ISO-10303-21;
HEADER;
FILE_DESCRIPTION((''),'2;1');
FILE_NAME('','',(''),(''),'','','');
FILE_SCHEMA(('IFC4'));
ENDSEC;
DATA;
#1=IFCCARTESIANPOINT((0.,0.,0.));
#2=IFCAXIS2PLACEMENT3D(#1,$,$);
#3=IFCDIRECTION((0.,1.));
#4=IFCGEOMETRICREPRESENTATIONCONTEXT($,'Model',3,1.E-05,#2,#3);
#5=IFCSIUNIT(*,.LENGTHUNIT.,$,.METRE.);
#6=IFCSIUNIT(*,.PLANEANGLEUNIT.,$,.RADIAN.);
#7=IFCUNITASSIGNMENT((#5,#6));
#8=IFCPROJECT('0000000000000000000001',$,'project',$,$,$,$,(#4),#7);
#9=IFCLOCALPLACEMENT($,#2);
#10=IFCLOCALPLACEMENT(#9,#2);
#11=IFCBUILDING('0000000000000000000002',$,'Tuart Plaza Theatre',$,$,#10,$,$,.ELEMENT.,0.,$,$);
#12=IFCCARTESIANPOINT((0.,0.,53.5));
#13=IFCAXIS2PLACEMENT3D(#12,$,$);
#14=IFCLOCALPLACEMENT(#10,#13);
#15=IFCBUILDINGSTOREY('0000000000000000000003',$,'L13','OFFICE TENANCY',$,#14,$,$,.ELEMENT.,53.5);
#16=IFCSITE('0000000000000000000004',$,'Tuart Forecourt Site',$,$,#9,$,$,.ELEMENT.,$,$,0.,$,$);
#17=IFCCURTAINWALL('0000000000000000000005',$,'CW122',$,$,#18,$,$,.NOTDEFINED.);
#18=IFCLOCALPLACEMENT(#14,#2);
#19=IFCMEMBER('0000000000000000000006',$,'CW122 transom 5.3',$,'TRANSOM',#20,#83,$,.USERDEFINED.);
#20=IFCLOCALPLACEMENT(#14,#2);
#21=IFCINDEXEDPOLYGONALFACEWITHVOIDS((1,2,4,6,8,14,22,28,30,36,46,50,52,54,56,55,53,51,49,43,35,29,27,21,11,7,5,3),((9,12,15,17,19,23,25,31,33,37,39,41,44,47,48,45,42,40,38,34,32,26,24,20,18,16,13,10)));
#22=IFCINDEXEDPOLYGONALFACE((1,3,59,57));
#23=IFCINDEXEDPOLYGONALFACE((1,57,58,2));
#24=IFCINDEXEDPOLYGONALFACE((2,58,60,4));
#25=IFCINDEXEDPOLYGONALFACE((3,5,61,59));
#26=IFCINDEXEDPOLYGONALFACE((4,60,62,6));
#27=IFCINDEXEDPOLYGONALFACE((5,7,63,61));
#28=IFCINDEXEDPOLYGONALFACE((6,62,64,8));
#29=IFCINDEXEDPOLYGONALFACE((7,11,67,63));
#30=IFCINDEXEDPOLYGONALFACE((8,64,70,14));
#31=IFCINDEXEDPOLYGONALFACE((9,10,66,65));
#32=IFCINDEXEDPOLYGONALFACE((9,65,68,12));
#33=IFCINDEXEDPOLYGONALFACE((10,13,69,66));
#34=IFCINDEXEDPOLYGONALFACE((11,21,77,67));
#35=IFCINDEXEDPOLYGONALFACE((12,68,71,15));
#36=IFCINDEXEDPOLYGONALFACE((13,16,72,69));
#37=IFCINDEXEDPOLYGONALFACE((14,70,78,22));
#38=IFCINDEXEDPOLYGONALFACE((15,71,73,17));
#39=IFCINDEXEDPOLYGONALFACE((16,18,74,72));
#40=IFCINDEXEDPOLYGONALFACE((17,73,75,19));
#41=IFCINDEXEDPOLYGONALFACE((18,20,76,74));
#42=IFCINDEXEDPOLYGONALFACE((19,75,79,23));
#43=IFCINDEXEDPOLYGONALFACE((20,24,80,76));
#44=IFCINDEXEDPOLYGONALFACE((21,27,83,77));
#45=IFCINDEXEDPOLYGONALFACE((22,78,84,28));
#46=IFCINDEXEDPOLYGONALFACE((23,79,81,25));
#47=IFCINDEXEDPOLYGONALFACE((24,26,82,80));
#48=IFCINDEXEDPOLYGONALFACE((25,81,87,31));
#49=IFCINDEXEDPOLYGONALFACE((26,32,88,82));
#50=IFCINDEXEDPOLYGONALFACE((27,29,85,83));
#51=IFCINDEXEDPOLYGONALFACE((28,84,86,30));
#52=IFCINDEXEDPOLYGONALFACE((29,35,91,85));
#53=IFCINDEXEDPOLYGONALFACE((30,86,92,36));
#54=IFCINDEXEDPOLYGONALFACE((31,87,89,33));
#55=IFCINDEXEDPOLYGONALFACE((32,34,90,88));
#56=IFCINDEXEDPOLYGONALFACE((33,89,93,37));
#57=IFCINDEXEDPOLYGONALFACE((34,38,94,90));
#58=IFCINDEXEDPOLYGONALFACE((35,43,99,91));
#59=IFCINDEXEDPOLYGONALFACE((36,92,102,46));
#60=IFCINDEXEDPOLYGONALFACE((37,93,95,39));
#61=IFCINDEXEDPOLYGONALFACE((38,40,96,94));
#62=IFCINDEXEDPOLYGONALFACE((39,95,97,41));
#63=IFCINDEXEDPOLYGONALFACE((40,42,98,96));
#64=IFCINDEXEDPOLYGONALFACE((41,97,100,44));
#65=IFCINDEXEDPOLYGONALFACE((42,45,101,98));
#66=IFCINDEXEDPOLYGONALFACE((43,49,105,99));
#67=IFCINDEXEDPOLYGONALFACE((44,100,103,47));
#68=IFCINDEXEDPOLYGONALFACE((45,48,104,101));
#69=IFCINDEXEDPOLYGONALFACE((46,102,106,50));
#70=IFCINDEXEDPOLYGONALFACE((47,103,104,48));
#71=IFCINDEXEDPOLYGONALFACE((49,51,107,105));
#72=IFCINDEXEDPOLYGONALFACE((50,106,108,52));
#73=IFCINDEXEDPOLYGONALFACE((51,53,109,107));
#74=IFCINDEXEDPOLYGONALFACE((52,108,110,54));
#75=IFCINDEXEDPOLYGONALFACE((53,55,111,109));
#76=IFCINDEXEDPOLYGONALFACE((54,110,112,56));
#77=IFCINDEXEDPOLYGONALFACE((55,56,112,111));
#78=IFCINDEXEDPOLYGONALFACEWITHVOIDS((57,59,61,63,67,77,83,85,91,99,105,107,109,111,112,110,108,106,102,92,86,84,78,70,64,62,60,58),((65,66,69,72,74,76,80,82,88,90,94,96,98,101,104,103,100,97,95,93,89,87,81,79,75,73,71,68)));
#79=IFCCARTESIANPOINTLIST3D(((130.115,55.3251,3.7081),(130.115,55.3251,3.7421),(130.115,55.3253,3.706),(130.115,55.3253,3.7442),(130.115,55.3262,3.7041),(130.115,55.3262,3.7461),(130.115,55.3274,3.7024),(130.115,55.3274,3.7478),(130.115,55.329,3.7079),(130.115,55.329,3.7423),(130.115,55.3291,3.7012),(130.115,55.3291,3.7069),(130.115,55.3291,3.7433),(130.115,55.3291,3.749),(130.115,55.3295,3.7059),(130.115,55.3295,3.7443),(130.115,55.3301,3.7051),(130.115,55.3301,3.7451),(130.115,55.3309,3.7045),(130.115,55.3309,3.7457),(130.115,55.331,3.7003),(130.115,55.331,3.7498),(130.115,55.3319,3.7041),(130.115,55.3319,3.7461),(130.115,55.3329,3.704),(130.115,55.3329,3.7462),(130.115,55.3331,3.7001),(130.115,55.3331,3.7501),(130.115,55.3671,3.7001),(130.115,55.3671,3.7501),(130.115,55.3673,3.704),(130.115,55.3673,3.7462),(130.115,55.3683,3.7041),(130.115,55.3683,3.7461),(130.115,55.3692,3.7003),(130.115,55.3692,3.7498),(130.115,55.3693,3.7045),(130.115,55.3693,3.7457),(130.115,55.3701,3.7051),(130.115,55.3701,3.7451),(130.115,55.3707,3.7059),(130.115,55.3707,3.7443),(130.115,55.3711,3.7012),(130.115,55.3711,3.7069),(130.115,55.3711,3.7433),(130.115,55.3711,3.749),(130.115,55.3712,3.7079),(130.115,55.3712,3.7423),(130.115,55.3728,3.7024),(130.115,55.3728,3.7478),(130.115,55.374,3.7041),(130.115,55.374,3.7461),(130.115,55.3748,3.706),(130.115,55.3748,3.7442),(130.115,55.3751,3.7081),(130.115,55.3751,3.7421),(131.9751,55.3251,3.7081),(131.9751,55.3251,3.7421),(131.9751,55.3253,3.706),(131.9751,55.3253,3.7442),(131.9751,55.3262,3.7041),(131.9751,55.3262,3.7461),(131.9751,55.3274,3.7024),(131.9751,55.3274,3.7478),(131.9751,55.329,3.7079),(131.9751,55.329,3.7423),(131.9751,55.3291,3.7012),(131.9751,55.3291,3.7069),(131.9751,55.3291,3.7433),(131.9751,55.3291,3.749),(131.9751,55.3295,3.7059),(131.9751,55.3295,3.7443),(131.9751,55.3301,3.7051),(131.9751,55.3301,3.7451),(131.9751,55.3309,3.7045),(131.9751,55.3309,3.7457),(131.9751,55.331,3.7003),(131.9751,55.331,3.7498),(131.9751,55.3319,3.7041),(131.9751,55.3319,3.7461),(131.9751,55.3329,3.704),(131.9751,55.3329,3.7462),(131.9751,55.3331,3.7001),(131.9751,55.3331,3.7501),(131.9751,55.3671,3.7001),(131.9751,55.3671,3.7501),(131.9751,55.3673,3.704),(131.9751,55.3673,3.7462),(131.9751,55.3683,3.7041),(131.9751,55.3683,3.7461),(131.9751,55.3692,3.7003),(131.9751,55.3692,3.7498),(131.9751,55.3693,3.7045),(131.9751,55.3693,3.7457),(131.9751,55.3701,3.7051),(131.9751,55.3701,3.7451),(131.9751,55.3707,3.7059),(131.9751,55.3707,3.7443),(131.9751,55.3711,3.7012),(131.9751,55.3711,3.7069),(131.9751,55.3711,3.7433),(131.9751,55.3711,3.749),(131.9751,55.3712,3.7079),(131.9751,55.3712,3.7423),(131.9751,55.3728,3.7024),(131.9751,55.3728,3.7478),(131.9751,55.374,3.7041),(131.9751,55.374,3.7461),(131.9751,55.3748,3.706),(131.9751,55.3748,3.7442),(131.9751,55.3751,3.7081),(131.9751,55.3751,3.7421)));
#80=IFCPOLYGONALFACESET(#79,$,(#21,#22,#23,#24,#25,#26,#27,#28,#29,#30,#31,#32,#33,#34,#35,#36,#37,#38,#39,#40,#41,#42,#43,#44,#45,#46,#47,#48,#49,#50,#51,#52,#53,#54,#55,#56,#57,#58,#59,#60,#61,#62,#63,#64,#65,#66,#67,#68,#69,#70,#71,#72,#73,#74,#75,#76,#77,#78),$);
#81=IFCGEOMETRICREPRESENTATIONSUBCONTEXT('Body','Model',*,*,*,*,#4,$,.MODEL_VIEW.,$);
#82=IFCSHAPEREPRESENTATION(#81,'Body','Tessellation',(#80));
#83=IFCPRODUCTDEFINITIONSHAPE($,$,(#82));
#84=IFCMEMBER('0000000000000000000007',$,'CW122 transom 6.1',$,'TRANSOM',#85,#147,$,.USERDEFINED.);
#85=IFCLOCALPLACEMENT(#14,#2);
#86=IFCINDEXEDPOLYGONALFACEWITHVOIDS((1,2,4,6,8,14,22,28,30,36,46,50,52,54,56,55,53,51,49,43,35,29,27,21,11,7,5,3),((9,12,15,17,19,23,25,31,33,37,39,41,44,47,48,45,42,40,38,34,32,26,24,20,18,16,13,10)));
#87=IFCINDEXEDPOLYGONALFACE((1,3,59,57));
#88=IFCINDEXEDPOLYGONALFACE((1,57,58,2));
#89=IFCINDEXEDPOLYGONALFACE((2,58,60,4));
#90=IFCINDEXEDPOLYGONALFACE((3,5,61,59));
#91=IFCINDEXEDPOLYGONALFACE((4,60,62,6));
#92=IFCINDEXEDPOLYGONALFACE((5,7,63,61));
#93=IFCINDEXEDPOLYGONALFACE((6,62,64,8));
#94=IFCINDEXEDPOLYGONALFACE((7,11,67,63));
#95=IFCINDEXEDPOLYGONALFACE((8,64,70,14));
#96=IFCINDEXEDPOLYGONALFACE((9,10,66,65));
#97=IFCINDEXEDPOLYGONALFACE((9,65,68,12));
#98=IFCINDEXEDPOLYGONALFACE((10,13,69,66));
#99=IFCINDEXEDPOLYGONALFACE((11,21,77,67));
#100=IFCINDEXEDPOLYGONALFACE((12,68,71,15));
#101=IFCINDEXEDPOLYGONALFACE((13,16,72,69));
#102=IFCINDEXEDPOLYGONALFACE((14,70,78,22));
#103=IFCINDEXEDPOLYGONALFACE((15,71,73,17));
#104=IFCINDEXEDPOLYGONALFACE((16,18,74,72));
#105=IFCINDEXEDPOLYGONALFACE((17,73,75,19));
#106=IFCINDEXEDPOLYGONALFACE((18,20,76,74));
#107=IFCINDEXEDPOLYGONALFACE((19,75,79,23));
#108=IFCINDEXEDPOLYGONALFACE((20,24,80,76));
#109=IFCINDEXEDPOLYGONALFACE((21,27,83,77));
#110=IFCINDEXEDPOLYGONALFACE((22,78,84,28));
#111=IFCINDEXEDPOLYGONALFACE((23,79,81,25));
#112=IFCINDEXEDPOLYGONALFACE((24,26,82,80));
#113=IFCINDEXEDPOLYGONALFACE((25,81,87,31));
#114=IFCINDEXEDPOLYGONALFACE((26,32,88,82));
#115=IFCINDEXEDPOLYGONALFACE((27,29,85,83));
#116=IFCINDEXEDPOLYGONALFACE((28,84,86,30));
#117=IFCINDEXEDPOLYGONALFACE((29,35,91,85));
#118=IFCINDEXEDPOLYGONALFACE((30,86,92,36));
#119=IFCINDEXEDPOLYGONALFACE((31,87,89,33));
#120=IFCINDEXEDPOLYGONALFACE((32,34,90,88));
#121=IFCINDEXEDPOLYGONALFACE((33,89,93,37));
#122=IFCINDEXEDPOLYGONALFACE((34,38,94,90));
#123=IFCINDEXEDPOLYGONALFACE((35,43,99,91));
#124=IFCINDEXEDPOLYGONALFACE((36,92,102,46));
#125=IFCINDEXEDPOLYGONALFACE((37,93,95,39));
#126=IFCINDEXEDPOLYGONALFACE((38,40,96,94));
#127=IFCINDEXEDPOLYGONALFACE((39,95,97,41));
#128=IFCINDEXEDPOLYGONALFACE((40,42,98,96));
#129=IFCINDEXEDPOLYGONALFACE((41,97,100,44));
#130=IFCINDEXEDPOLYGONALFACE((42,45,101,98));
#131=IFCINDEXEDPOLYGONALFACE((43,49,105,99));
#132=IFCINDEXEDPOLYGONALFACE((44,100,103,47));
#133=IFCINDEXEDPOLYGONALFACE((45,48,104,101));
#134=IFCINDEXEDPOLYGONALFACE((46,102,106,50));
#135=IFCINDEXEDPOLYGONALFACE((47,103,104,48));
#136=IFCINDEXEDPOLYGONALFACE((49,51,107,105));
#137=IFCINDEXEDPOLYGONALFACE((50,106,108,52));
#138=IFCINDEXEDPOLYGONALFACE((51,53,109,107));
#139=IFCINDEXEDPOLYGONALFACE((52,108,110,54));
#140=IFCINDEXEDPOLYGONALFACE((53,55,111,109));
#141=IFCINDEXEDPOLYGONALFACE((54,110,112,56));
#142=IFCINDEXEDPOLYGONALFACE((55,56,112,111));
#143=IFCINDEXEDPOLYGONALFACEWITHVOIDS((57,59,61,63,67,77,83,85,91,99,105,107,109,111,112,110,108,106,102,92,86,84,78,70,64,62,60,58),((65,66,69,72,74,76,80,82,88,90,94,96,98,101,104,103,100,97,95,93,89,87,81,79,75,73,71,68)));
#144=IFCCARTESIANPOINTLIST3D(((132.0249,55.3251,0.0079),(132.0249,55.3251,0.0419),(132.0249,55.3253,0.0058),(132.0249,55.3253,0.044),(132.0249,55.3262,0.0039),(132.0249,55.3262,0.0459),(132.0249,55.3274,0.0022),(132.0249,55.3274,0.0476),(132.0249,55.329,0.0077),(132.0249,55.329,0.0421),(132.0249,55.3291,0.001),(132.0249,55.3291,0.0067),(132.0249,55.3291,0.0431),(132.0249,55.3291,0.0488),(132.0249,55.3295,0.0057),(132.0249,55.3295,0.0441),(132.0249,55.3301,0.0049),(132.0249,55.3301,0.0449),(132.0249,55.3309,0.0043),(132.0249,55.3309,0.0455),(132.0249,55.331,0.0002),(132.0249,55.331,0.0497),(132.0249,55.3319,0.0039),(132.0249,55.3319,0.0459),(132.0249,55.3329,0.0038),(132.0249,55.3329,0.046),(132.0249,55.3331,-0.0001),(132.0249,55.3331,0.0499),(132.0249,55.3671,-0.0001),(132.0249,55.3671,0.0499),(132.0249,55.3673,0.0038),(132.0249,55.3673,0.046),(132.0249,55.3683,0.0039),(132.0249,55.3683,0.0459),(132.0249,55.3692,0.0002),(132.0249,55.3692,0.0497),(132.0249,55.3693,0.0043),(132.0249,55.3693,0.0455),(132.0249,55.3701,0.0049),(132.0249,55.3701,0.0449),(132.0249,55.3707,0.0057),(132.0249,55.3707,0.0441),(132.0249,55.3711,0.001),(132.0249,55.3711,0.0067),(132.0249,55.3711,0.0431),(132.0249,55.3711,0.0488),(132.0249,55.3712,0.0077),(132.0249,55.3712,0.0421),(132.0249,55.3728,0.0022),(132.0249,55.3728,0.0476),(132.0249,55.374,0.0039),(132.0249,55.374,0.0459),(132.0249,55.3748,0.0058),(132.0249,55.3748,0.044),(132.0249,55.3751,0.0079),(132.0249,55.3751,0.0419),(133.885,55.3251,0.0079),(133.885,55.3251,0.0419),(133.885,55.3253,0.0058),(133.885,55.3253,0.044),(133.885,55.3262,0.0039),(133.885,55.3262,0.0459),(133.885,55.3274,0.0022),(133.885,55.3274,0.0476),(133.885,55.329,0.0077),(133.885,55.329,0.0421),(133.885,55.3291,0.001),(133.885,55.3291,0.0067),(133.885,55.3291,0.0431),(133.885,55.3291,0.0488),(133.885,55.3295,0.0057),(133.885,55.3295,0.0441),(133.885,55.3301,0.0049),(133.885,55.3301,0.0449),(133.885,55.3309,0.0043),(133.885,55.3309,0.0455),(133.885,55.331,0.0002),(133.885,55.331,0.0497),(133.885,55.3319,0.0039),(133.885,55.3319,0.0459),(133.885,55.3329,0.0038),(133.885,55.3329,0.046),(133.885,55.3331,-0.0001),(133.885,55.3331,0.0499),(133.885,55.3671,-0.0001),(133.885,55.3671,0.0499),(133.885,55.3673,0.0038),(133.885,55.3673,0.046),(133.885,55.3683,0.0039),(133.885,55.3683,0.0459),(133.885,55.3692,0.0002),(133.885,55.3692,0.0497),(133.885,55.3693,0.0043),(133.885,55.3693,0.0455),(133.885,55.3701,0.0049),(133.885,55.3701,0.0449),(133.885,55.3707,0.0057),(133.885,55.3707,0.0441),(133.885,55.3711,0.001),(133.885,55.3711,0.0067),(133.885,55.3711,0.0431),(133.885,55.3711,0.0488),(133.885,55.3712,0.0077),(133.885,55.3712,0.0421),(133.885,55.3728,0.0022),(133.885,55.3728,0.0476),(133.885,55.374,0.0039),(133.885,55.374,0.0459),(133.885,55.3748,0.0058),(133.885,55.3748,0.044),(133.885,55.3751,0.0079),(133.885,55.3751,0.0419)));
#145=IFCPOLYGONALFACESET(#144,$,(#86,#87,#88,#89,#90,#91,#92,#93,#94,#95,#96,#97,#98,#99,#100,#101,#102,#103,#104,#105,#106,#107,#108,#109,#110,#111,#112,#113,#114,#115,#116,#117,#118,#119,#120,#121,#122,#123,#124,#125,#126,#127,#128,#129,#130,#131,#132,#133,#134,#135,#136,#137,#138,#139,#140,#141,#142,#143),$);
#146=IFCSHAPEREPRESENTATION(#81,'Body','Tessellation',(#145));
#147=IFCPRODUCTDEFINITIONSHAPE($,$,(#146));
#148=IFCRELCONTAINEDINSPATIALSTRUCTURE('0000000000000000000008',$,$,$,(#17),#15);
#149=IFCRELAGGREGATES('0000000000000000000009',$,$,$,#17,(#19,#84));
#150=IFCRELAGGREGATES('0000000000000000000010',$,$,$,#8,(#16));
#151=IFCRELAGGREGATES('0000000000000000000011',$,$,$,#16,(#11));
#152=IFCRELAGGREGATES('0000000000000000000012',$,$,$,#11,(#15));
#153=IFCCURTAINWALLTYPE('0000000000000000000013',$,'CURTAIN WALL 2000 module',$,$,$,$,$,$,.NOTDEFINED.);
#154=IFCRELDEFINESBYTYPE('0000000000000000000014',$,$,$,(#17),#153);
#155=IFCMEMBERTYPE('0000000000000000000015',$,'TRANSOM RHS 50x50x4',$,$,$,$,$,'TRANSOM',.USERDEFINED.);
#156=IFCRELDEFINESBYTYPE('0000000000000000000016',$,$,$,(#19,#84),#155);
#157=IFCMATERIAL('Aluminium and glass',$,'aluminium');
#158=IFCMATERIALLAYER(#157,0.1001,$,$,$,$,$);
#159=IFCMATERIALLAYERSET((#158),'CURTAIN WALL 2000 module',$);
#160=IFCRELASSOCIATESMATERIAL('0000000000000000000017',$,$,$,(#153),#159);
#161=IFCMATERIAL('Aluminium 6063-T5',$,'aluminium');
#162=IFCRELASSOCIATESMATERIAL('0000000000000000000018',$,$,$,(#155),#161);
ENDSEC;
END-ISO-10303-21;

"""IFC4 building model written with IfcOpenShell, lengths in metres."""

from ifc_helpers import new_model, si_unit, direction, frame, origin, origin_2d, place, context, subcontext, project, spatial, hollow_rectangle, extrude, material, layer, layer_set, material_profile, profile_set, type_object, element, aggregate, save


model = new_model("IFC4")

# Units and contexts
model_context = context("Model", 3, precision=1e-05, world=origin(), true_north=direction((0.0, 1.0)))
body_context = subcontext(model_context, "Body", "Model", "MODEL_VIEW")
ifc_project = project(units=[si_unit("LENGTHUNIT", "METRE"), si_unit("PLANEANGLEUNIT", "RADIAN")], contexts=[model_context])

# Site, building, storey
site_placement = place(None, origin())
site = spatial("IfcSite", under=ifc_project, at=site_placement, Name="Tuart Forecourt Site", CompositionType="ELEMENT", RefElevation=0.0)
building_placement = place(site_placement, origin())
building = spatial("IfcBuilding", under=site, at=building_placement, Name="Tuart Plaza Theatre", CompositionType="ELEMENT", ElevationOfRefHeight=0.0)
storey_placement = place(building_placement, frame((0.0, 0.0, 53.5)))
storey = spatial("IfcBuildingStorey", under=building, at=storey_placement, Name="L13", Description="OFFICE TENANCY", CompositionType="ELEMENT", Elevation=53.5)

# Curtain wall, members
ifc_material_1 = material(Name="Aluminium and glass", Category="aluminium")
ifc_layer_1 = layer(ifc_material_1, 0.1001)
ifc_layer_set_1 = layer_set([ifc_layer_1], Name="CURTAIN WALL 2000 module")
curtain_wall_type = type_object("IfcCurtainWallType", Name="CURTAIN WALL 2000 module", PredefinedType="NOTDEFINED", material=ifc_layer_set_1)
curtain_wall_placement = place(storey_placement, origin())
curtain_wall = element("IfcCurtainWall", 1, at=curtain_wall_placement, inside=storey, type_object=curtain_wall_type, Name="CW122", PredefinedType="NOTDEFINED")
ifc_material_2 = material(Name="Aluminium 6063-T5", Category="aluminium")
ifc_material_profile_1 = material_profile(ifc_material_2, hollow_rectangle(XDim=0.05, YDim=0.05, WallThickness=0.0039, InnerFilletRadius=0.0039, OuterFilletRadius=0.0081, at=origin_2d()), Name="RHS 50x50x4")
ifc_profile_set_1 = profile_set([ifc_material_profile_1], Name="Aluminium 6063-T5")
member_type_1 = type_object("IfcMemberType", Name="TRANSOM RHS 50x50x4", ElementType="TRANSOM", PredefinedType="USERDEFINED", material=ifc_profile_set_1)
member_1_placement = place(storey_placement, frame((130.115, 55.3501, 3.7251), z_axis=(1.0, 0.0, 0.0), x_axis=(0.0, 1.0, 0.0)))
member_1 = element("IfcMember", 2, at=member_1_placement, type_object=member_type_1, Name="CW122 transom 5.3", ObjectType="TRANSOM", PredefinedType="USERDEFINED", context=body_context, shape_type="SweptSolid", body=[
    extrude(hollow_rectangle(XDim=0.05, YDim=0.05, WallThickness=0.0039, InnerFilletRadius=0.0039, OuterFilletRadius=0.0081, at=origin_2d()), origin(), (0.0, 0.0, 1.0), 1.8601),
])
member_2_placement = place(storey_placement, frame((132.0249, 55.3501, 0.0249), z_axis=(1.0, 0.0, 0.0), x_axis=(0.0, 1.0, 0.0)))
member_2 = element("IfcMember", 3, at=member_2_placement, type_object=member_type_1, Name="CW122 transom 6.1", ObjectType="TRANSOM", PredefinedType="USERDEFINED", context=body_context, shape_type="SweptSolid", body=[
    extrude(hollow_rectangle(XDim=0.05, YDim=0.05, WallThickness=0.0039, InnerFilletRadius=0.0039, OuterFilletRadius=0.0081, at=origin_2d()), origin(), (0.0, 0.0, 1.0), 1.8601),
])
aggregate(curtain_wall, [member_1, member_2])

save(model, "model.ifc")
